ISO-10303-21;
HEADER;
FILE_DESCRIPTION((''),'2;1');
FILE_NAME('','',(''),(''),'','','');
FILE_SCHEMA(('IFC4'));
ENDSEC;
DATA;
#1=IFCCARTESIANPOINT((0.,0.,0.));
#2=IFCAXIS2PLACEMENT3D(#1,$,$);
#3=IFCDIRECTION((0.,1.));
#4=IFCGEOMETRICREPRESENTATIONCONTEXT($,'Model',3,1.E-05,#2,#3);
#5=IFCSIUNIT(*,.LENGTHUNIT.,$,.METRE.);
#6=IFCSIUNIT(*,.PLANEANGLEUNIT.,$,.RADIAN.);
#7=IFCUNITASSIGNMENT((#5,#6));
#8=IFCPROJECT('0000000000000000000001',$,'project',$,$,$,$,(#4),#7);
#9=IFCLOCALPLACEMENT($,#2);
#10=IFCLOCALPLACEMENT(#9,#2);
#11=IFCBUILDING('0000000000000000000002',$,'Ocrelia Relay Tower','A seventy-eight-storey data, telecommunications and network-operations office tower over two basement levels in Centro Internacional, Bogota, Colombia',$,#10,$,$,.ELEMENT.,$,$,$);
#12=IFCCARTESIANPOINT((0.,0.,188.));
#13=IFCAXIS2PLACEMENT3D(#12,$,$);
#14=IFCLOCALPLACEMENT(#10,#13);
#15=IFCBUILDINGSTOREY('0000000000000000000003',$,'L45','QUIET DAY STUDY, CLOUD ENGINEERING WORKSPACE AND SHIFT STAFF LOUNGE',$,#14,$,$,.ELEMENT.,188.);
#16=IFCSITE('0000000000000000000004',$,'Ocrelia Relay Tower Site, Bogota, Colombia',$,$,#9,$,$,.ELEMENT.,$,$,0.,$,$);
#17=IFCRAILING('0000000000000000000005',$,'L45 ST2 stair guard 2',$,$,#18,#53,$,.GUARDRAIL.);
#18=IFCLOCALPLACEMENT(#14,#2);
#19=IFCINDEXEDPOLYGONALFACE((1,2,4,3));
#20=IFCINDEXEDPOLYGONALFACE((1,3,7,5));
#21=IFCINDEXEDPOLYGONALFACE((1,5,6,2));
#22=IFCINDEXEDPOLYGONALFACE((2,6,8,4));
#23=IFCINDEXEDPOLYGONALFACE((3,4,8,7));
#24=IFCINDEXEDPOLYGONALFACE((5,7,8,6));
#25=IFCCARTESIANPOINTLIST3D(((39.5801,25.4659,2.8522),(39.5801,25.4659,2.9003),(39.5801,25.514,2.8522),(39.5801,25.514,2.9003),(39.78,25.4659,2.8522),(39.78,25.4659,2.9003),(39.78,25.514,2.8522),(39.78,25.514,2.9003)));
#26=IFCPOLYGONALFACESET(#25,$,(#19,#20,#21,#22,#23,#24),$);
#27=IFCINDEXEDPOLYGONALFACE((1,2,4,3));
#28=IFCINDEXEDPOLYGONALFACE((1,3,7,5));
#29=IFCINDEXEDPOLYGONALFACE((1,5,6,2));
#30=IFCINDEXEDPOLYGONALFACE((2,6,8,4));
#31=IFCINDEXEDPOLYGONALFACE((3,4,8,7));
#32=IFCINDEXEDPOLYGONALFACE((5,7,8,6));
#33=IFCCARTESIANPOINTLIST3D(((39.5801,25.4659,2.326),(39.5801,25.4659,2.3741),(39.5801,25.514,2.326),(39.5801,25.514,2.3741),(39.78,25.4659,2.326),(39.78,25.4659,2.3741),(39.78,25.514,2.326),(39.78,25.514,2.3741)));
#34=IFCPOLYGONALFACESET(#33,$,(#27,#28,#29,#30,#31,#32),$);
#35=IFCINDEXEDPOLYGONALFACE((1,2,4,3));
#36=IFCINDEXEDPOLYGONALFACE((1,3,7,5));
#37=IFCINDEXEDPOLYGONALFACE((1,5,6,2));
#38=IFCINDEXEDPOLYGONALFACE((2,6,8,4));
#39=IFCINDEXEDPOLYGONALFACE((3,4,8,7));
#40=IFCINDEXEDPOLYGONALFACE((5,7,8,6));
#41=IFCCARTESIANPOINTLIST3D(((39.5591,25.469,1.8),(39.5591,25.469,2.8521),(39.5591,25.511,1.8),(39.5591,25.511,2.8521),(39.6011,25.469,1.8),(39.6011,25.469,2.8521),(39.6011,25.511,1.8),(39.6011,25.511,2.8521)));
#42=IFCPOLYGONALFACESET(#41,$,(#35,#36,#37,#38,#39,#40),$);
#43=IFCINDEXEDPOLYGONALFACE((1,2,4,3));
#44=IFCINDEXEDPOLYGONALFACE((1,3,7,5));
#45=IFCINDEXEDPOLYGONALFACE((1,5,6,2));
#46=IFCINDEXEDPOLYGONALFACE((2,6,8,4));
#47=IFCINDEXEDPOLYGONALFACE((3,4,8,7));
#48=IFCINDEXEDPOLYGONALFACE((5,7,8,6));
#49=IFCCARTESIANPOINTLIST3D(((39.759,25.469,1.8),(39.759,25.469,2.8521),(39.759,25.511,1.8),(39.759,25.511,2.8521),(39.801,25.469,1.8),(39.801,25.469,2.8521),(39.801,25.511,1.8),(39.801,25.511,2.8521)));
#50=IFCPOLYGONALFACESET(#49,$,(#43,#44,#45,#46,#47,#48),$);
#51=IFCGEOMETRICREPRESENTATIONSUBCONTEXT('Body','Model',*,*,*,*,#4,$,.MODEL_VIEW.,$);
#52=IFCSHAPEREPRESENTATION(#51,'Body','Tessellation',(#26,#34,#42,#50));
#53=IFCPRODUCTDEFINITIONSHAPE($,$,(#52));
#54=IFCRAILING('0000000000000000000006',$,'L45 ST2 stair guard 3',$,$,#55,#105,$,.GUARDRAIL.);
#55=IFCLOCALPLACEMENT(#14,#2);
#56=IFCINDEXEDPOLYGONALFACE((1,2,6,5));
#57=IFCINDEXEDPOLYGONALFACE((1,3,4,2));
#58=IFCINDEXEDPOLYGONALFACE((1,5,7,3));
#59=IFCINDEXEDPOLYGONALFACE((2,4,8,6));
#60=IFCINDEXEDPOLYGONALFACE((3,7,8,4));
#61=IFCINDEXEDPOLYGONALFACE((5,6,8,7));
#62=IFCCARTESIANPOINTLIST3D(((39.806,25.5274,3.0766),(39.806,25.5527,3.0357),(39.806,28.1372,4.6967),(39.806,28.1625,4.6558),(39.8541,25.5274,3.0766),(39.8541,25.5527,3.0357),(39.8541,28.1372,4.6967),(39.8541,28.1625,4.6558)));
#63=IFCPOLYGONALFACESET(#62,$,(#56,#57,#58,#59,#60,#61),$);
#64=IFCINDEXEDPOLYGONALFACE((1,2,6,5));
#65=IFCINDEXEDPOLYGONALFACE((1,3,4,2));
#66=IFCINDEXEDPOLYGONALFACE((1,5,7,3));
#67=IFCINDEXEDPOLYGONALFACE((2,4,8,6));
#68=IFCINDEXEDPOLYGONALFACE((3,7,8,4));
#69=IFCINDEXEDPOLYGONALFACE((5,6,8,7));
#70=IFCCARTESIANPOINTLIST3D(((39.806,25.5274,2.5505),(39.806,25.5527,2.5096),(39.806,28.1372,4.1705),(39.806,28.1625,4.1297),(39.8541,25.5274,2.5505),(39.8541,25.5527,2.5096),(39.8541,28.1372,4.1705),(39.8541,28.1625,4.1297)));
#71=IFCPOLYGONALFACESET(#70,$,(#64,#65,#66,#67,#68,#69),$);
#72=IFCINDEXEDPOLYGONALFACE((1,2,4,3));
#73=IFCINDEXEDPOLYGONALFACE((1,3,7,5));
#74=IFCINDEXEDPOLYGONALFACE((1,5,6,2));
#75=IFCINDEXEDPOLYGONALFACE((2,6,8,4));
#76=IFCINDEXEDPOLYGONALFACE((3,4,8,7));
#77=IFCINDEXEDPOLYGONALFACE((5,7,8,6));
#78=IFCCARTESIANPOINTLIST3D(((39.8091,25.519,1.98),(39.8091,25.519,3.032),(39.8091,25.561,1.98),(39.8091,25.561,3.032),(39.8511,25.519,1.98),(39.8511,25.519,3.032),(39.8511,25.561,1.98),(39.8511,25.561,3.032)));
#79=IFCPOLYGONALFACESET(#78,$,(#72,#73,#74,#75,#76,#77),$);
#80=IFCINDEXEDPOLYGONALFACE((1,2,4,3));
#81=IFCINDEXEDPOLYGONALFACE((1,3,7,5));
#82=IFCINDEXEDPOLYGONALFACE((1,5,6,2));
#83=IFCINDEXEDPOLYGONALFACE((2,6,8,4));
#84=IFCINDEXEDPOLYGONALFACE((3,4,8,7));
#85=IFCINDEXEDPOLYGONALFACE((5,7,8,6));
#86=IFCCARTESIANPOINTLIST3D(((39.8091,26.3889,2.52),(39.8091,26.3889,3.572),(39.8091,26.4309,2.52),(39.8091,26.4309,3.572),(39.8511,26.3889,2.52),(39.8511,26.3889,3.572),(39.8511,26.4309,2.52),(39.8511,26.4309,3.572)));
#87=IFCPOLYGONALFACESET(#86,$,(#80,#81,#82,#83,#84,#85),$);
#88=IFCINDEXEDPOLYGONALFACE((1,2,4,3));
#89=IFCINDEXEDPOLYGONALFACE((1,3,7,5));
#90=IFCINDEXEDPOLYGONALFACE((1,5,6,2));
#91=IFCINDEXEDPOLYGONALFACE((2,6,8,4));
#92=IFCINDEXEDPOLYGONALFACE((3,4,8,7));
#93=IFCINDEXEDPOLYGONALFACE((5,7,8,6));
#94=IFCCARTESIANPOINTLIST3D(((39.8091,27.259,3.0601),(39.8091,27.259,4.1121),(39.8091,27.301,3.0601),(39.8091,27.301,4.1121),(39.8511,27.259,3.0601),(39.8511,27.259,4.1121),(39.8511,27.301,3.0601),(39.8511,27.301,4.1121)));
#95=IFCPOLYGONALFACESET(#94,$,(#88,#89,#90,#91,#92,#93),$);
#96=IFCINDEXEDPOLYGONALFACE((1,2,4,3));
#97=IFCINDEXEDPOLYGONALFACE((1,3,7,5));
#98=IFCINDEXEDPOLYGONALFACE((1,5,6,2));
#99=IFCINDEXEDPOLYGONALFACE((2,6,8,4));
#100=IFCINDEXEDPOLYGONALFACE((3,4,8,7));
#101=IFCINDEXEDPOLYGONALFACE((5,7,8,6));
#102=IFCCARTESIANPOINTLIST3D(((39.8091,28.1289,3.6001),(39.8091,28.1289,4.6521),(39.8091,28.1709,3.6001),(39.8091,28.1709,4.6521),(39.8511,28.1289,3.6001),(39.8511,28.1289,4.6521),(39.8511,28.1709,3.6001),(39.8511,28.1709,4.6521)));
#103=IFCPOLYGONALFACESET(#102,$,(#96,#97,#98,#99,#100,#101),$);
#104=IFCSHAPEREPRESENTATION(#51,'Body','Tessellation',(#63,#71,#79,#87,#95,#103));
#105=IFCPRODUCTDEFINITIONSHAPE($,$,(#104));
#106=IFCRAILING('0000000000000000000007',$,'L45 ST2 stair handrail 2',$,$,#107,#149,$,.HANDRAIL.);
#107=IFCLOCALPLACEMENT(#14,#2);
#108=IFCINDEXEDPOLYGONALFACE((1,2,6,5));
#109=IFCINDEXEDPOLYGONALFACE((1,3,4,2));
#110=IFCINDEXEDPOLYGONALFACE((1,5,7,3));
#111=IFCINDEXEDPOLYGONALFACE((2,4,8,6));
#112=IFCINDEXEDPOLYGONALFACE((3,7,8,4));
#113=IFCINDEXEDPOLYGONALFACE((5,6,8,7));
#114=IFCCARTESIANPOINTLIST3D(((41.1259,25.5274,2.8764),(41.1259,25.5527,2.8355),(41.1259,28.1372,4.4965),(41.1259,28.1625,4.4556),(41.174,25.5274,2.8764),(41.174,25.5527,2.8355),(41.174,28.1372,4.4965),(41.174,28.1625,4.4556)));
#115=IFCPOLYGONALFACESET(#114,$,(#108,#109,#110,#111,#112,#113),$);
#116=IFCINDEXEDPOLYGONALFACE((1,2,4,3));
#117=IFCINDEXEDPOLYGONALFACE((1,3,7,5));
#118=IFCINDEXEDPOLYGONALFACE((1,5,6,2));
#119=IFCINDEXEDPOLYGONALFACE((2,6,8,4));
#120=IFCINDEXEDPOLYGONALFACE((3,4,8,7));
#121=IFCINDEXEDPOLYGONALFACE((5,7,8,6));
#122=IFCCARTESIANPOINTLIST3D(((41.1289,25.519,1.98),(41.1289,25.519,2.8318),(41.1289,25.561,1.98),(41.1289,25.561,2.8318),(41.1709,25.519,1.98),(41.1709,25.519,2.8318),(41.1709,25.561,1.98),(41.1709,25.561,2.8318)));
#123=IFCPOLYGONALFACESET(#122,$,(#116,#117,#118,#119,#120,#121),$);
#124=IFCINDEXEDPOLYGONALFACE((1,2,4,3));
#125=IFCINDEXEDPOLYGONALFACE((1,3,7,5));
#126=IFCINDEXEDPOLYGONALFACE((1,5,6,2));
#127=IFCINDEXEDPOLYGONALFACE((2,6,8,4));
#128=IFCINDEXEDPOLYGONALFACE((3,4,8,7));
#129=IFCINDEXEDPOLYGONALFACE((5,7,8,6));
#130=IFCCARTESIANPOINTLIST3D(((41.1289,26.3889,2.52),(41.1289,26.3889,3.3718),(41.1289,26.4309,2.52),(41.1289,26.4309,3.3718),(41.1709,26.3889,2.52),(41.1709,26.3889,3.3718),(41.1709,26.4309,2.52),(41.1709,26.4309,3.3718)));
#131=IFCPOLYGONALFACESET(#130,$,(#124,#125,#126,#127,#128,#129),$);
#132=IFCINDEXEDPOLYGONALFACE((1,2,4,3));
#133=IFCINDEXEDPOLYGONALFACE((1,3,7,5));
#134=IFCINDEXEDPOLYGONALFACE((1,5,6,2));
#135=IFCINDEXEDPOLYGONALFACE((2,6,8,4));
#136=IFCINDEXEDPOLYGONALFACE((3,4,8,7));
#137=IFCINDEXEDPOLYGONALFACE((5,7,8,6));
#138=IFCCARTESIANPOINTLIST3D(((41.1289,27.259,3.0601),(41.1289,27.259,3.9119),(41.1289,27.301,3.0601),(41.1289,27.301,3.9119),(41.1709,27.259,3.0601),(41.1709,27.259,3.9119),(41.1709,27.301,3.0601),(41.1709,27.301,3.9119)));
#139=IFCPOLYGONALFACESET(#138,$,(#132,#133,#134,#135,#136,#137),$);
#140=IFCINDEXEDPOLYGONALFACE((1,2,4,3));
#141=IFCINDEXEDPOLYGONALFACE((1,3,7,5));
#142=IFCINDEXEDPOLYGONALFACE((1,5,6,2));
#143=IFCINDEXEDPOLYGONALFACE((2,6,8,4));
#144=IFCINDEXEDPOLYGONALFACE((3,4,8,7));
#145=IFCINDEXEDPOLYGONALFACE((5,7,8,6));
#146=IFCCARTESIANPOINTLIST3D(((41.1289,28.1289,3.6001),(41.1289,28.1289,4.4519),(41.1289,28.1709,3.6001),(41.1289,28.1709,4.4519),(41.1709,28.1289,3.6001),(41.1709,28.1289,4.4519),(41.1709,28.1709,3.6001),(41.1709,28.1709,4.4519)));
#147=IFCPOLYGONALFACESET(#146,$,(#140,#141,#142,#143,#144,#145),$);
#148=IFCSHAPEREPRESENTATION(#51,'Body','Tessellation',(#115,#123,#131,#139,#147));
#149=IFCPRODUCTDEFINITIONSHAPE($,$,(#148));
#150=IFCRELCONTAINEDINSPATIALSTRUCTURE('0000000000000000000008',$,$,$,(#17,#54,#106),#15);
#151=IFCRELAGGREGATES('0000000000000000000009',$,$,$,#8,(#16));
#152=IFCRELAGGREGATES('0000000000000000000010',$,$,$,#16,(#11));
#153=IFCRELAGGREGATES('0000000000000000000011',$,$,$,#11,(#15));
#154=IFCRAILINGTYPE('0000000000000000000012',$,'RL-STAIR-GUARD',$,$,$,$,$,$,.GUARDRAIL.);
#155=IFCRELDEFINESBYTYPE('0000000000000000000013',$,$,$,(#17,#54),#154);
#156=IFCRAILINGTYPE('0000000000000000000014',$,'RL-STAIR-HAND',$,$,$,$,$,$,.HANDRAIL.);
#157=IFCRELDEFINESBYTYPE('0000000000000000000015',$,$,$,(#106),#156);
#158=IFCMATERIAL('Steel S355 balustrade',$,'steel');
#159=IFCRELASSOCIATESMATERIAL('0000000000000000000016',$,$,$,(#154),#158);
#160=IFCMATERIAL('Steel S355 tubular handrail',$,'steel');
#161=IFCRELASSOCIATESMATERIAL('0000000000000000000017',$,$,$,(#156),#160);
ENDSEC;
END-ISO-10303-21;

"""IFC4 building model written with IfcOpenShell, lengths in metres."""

from ifc_helpers import new_model, si_unit, direction, frame, origin, origin_2d, place, context, subcontext, project, spatial, rectangle, extrude, material, type_object, element, save


model = new_model("IFC4")

# Units and contexts
model_context = context("Model", 3, precision=1e-05, world=origin(), true_north=direction((0.0, 1.0)))
body_context = subcontext(model_context, "Body", "Model", "MODEL_VIEW")
ifc_project = project(units=[si_unit("LENGTHUNIT", "METRE"), si_unit("PLANEANGLEUNIT", "RADIAN")], contexts=[model_context])

# Site, building, storey
site_placement = place(None, origin())
site = spatial("IfcSite", under=ifc_project, at=site_placement, Name="Ocrelia Relay Tower Site, Bogota, Colombia", CompositionType="ELEMENT", RefElevation=0.0)
building_placement = place(site_placement, origin())
building = spatial("IfcBuilding", under=site, at=building_placement, Name="Ocrelia Relay Tower", Description="A seventy-eight-storey data, telecommunications and network-operations office tower over two basement levels in Centro Internacional, Bogota, Colombia", CompositionType="ELEMENT")
storey_placement = place(building_placement, frame((0.0, 0.0, 188.0)))
storey = spatial("IfcBuildingStorey", under=building, at=storey_placement, Name="L45", Description="QUIET DAY STUDY, CLOUD ENGINEERING WORKSPACE AND SHIFT STAFF LOUNGE", CompositionType="ELEMENT", Elevation=188.0)

# Railings
ifc_material_1 = material(Name="Steel S355 balustrade", Category="steel")
railing_type_1 = type_object("IfcRailingType", Name="RL-STAIR-GUARD", PredefinedType="GUARDRAIL", material=ifc_material_1)
railing_1_placement = place(storey_placement, frame((39.5801, 25.49, 1.8)))
element("IfcRailing", 1, at=railing_1_placement, inside=storey, type_object=railing_type_1, Name="L45 ST2 stair guard 2", PredefinedType="GUARDRAIL", context=body_context, shape_type="SweptSolid", body=[
    extrude(rectangle(XDim=0.0481, YDim=0.0481, at=origin_2d()), frame((0.0, 0.0, 1.0762), z_axis=(1.0, 0.0, 0.0), x_axis=(0.0, 1.0, 0.0)), (0.0, 0.0, 1.0), 0.2),
    extrude(rectangle(XDim=0.0481, YDim=0.0481, at=origin_2d()), frame((0.0, 0.0, 0.55), z_axis=(1.0, 0.0, 0.0), x_axis=(0.0, 1.0, 0.0)), (0.0, 0.0, 1.0), 0.2),
    extrude(rectangle(XDim=0.042, YDim=0.042, at=origin_2d()), origin(), (0.0, 0.0, 1.0), 1.052),
    extrude(rectangle(XDim=0.042, YDim=0.042, at=origin_2d()), frame((0.2, 0.0, 0.0)), (0.0, 0.0, 1.0), 1.052),
])
railing_2_placement = place(storey_placement, frame((39.8301, 25.54, 1.98)))
element("IfcRailing", 2, at=railing_2_placement, inside=storey, type_object=railing_type_1, Name="L45 ST2 stair guard 3", PredefinedType="GUARDRAIL", context=body_context, shape_type="SweptSolid", body=[
    extrude(rectangle(XDim=0.0481, YDim=0.0481, at=origin_2d()), frame((0.0, 0.0, 1.0762), z_axis=(0.0, 0.849611, 0.52741), x_axis=(-1.0, 0.0, 0.0)), (0.0, 0.0, 1.0), 3.0718),
    extrude(rectangle(XDim=0.0481, YDim=0.0481, at=origin_2d()), frame((0.0, 0.0, 0.55), z_axis=(0.0, 0.849611, 0.52741), x_axis=(-1.0, 0.0, 0.0)), (0.0, 0.0, 1.0), 3.0718),
    extrude(rectangle(XDim=0.042, YDim=0.042, at=origin_2d()), origin(), (0.0, 0.0, 1.0), 1.052),
    extrude(rectangle(XDim=0.042, YDim=0.042, at=origin_2d()), frame((0.0, 0.8699, 0.54)), (0.0, 0.0, 1.0), 1.052),
    extrude(rectangle(XDim=0.042, YDim=0.042, at=origin_2d()), frame((0.0, 1.74, 1.0801)), (0.0, 0.0, 1.0), 1.052),
    extrude(rectangle(XDim=0.042, YDim=0.042, at=origin_2d()), frame((0.0, 2.6099, 1.6201)), (0.0, 0.0, 1.0), 1.052),
])
ifc_material_2 = material(Name="Steel S355 tubular handrail", Category="steel")
railing_type_2 = type_object("IfcRailingType", Name="RL-STAIR-HAND", PredefinedType="HANDRAIL", material=ifc_material_2)
railing_3_placement = place(storey_placement, frame((41.1499, 25.54, 1.98)))
element("IfcRailing", 3, at=railing_3_placement, inside=storey, type_object=railing_type_2, Name="L45 ST2 stair handrail 2", PredefinedType="HANDRAIL", context=body_context, shape_type="SweptSolid", body=[
    extrude(rectangle(XDim=0.0481, YDim=0.0481, at=origin_2d()), frame((0.0, 0.0, 0.876), z_axis=(0.0, 0.849611, 0.52741), x_axis=(-1.0, 0.0, 0.0)), (0.0, 0.0, 1.0), 3.0718),
    extrude(rectangle(XDim=0.042, YDim=0.042, at=origin_2d()), origin(), (0.0, 0.0, 1.0), 0.8518),
    extrude(rectangle(XDim=0.042, YDim=0.042, at=origin_2d()), frame((0.0, 0.8699, 0.54)), (0.0, 0.0, 1.0), 0.8518),
    extrude(rectangle(XDim=0.042, YDim=0.042, at=origin_2d()), frame((0.0, 1.74, 1.0801)), (0.0, 0.0, 1.0), 0.8518),
    extrude(rectangle(XDim=0.042, YDim=0.042, at=origin_2d()), frame((0.0, 2.6099, 1.6201)), (0.0, 0.0, 1.0), 0.8518),
])

save(model, "model.ifc")
